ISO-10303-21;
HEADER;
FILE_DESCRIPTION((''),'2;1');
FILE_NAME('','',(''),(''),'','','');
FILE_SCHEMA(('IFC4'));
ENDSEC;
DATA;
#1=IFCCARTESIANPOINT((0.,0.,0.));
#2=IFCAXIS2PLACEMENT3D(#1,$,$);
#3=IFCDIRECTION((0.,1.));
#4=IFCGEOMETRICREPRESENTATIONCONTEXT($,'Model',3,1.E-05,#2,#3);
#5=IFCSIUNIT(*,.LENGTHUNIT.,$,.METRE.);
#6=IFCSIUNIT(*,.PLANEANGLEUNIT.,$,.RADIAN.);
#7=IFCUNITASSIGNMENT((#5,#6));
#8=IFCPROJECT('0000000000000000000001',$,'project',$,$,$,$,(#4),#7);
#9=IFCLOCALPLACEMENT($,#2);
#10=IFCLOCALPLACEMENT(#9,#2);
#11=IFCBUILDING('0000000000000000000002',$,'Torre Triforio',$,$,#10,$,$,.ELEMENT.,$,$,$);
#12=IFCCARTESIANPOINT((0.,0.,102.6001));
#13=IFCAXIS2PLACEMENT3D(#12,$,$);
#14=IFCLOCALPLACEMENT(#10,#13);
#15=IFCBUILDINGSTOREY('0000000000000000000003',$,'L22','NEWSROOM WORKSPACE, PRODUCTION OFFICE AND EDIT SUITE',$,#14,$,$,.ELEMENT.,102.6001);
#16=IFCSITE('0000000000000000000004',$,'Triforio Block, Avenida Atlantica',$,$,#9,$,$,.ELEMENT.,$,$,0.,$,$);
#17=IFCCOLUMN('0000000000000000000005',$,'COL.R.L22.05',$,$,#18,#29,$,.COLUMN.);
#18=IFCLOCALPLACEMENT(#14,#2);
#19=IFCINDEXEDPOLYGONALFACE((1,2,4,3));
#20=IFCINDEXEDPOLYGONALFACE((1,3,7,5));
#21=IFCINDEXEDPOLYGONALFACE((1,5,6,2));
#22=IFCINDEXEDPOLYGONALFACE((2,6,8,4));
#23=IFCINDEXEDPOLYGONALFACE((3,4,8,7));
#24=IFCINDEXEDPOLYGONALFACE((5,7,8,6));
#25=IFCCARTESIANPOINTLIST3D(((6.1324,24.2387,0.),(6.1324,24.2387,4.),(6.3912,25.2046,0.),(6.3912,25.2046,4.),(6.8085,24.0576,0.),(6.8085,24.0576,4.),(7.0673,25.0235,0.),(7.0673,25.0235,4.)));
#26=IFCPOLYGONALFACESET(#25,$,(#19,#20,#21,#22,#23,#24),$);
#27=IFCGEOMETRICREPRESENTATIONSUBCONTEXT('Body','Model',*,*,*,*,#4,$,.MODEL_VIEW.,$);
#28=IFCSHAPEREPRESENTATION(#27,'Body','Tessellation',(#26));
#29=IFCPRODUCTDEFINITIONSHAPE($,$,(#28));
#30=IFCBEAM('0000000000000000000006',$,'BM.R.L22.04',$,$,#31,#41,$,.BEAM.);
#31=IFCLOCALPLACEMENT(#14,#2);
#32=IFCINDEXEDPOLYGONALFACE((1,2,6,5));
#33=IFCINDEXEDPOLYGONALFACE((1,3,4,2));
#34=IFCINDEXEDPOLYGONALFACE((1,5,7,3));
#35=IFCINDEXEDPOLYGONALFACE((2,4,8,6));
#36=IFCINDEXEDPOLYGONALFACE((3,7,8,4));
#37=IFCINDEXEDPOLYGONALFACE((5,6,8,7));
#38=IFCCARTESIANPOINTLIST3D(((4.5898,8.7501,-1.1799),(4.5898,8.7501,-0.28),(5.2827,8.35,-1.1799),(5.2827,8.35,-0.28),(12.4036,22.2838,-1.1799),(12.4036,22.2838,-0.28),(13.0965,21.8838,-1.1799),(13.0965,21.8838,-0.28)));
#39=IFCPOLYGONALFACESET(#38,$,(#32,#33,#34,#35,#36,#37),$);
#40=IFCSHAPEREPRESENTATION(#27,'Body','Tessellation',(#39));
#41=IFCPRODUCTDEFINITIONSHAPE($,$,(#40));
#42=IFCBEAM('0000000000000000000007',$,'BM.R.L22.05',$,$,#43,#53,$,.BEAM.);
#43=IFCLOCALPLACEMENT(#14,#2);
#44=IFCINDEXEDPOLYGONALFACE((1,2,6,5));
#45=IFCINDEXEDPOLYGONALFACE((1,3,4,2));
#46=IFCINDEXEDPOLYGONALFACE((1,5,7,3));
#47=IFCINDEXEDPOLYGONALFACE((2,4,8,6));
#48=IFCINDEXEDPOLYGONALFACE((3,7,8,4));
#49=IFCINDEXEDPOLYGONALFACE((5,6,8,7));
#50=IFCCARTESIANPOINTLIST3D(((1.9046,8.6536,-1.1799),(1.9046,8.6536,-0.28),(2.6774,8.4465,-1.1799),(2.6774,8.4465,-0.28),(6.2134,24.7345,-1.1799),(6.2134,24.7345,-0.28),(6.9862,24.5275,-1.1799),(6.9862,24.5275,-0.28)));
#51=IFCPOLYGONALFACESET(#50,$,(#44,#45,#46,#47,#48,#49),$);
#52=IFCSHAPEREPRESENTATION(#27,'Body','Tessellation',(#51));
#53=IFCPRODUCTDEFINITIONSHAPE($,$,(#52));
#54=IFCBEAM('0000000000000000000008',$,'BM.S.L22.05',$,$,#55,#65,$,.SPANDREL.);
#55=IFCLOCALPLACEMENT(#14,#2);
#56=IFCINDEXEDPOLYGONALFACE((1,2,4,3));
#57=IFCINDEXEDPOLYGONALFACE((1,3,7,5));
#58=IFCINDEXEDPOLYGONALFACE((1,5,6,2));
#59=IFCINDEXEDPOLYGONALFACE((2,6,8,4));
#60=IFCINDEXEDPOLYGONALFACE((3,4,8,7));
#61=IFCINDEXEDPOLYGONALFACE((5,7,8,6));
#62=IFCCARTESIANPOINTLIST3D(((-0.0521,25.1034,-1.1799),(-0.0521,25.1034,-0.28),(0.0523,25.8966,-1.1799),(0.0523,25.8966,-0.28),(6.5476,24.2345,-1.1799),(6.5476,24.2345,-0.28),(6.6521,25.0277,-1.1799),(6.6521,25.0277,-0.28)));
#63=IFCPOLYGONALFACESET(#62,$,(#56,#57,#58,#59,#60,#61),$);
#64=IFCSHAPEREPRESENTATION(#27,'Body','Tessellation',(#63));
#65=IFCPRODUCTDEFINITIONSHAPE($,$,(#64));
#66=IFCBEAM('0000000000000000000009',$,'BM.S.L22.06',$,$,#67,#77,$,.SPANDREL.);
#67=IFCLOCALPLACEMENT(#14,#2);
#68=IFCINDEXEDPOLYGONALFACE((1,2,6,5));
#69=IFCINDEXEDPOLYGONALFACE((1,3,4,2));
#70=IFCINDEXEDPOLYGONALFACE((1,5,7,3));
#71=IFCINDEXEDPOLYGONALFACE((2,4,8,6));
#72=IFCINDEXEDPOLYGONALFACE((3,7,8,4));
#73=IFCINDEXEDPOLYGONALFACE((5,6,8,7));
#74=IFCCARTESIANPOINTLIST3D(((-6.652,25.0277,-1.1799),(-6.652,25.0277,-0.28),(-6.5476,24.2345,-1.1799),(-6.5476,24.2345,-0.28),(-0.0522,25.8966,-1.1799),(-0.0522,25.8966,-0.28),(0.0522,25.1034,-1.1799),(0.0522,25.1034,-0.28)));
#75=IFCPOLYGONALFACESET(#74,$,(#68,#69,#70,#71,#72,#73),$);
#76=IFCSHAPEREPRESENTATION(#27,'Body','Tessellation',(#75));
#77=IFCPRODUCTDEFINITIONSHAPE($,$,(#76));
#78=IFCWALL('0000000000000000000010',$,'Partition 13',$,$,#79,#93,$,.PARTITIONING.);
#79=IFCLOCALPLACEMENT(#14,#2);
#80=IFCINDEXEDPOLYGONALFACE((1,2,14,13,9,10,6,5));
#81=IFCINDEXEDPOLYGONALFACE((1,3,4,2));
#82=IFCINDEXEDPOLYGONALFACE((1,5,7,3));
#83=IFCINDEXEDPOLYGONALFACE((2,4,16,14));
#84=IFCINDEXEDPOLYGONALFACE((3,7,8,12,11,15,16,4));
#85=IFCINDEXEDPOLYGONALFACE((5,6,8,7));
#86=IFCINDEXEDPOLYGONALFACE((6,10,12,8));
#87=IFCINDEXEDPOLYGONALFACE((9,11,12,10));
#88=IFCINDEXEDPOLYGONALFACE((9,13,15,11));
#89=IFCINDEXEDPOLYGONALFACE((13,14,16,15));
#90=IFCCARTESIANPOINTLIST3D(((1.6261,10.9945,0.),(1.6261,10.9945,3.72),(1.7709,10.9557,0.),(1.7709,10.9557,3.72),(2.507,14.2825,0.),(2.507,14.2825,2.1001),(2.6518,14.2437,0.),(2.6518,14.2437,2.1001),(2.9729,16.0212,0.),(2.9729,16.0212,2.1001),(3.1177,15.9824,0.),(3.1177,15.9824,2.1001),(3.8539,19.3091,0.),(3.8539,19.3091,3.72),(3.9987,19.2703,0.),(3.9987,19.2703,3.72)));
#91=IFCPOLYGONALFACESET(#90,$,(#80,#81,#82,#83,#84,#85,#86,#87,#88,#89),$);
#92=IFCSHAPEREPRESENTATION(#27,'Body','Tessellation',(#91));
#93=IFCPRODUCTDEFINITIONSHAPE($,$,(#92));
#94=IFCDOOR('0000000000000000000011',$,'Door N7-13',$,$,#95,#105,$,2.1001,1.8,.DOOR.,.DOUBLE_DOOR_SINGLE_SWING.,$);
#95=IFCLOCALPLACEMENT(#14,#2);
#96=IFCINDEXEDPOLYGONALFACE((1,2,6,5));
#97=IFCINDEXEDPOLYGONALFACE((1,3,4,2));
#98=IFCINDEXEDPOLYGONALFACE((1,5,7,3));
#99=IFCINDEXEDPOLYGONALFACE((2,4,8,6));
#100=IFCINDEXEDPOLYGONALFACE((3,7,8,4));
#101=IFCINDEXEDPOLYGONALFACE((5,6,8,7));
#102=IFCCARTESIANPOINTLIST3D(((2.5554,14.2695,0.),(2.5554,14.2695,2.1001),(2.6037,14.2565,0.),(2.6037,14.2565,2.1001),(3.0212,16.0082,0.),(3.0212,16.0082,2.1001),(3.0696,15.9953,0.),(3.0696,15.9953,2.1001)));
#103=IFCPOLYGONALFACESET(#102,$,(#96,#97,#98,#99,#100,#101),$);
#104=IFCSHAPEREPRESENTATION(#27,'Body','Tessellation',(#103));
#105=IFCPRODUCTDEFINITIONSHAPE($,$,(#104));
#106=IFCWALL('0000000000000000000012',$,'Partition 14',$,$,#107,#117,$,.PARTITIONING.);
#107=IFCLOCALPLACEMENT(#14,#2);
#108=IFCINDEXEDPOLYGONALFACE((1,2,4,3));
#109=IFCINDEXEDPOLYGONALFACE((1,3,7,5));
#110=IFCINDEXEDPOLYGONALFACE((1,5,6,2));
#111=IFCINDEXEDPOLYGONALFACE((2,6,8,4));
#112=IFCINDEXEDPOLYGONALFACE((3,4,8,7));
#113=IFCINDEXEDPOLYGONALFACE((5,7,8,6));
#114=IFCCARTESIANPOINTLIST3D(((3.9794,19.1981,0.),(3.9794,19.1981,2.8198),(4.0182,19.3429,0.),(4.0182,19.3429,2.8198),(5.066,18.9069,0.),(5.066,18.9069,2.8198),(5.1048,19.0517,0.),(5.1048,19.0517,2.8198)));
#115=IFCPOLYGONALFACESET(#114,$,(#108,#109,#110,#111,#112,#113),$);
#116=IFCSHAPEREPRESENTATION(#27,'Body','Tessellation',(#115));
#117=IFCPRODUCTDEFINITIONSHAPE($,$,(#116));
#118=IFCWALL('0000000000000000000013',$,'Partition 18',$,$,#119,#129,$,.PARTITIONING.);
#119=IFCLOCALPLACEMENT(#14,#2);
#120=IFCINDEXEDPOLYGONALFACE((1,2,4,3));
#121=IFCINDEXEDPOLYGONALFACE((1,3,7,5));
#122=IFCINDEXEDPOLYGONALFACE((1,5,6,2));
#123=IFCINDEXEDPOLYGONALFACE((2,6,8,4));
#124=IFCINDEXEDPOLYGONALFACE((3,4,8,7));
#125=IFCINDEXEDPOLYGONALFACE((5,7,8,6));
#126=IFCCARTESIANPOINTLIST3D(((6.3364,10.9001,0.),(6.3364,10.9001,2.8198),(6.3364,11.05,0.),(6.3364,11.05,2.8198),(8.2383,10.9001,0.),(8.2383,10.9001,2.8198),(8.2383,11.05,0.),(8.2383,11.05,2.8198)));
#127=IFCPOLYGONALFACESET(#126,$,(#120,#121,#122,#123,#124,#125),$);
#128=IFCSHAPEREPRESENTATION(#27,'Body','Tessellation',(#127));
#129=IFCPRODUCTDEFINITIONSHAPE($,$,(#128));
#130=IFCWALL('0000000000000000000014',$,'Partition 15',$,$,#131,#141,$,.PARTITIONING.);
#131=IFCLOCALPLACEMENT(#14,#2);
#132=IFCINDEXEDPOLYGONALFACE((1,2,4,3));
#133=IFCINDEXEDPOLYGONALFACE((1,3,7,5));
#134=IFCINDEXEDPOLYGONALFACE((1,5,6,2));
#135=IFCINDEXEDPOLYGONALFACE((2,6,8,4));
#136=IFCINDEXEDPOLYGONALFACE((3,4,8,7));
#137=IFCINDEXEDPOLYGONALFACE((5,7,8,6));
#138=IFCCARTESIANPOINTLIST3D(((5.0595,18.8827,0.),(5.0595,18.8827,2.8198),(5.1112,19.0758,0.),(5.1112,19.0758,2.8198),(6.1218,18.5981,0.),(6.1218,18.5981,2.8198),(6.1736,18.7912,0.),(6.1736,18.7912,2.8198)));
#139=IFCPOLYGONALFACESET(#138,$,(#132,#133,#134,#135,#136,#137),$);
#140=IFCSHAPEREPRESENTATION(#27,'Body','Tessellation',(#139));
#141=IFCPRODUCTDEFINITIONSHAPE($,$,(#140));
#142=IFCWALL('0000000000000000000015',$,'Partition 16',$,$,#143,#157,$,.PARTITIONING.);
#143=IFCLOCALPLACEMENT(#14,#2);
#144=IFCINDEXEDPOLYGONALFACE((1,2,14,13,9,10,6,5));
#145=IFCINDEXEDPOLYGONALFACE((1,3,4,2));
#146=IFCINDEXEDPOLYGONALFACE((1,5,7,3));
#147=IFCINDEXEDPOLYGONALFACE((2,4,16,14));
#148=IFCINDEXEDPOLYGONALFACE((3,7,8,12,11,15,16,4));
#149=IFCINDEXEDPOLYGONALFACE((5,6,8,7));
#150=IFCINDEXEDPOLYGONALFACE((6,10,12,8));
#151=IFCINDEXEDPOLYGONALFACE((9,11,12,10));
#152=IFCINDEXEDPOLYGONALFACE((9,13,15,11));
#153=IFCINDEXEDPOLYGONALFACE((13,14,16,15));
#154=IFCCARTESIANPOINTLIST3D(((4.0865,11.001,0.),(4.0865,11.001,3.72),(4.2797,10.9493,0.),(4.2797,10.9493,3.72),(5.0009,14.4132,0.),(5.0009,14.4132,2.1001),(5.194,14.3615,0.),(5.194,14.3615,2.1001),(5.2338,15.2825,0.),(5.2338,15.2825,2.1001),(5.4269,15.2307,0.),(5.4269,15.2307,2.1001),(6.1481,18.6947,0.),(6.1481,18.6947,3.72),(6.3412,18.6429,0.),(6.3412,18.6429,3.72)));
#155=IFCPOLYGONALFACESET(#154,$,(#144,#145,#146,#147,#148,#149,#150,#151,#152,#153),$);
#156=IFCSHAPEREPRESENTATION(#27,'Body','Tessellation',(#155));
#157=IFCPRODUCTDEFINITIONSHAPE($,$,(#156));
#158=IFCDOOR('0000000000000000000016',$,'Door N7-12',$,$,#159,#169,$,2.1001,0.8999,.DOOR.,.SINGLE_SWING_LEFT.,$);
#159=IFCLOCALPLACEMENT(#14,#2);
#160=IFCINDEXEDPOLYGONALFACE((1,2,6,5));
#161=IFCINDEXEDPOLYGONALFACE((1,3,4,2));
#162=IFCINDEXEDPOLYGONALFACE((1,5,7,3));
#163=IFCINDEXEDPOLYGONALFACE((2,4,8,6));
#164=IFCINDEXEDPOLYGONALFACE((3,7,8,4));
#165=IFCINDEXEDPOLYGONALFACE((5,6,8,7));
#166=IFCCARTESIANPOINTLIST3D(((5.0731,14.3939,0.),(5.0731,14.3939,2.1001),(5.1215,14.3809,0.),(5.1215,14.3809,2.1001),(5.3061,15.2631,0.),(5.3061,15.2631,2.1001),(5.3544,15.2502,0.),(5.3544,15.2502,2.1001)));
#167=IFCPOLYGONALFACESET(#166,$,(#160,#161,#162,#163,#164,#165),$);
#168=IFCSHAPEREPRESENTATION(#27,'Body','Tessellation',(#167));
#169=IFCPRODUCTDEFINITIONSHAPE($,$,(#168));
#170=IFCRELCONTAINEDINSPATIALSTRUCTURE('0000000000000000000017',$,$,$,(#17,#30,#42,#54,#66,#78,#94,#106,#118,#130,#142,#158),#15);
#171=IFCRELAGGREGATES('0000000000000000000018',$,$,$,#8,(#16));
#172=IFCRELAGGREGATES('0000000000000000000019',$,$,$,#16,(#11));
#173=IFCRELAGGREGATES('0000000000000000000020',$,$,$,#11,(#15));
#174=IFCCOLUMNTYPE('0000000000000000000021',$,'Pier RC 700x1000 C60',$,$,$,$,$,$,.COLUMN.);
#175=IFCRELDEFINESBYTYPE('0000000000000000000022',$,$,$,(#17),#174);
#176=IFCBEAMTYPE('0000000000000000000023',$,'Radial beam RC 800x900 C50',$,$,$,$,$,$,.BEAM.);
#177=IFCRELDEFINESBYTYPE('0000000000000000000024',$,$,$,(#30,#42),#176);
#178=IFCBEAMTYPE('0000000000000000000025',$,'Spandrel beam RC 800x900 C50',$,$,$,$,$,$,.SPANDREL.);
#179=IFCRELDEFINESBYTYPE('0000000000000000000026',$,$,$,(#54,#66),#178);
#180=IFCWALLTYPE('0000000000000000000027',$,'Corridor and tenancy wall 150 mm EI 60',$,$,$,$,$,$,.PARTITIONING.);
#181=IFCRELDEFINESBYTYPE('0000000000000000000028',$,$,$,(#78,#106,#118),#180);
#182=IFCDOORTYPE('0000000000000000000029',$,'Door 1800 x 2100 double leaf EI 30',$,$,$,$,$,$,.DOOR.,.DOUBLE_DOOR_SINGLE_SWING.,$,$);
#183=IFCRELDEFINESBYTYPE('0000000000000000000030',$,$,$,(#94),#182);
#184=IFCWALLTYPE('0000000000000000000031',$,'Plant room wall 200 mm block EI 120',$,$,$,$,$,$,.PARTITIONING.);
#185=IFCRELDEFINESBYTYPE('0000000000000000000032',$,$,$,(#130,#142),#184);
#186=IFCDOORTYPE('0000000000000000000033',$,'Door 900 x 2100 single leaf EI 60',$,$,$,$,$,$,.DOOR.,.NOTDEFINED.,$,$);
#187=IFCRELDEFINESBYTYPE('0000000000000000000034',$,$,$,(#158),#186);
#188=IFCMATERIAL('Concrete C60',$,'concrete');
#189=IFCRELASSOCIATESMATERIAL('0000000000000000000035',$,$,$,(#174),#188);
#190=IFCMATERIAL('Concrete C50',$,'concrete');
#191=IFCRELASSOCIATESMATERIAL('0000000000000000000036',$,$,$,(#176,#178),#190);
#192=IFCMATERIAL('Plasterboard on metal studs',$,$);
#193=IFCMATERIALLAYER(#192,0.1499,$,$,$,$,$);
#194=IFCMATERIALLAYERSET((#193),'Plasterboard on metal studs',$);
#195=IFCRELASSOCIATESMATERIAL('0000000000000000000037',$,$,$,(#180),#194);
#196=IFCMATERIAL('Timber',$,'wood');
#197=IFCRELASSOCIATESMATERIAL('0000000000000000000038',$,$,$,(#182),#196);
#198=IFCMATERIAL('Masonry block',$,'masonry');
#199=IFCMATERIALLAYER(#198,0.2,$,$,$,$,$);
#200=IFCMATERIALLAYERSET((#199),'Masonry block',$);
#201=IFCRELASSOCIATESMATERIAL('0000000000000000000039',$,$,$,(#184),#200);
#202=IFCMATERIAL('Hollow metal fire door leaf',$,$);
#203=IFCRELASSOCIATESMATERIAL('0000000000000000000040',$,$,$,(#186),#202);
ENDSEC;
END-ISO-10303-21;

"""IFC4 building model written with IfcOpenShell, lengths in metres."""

from ifc_helpers import new_model, si_unit, direction, frame, frame_2d, origin, origin_2d, place, context, subcontext, project, spatial, rectangle, extrude, material, layer, layer_set, material_profile, profile_set, type_object, element, fill, save


model = new_model("IFC4")

# Units and contexts
model_context = context("Model", 3, precision=1e-05, world=origin(), true_north=direction((0.0, 1.0)))
body_context = subcontext(model_context, "Body", "Model", "MODEL_VIEW")
ifc_project = project(units=[si_unit("LENGTHUNIT", "METRE"), si_unit("PLANEANGLEUNIT", "RADIAN")], contexts=[model_context])

# Site, building, storey
site_placement = place(None, origin())
site = spatial("IfcSite", under=ifc_project, at=site_placement, Name="Triforio Block, Avenida Atlantica", CompositionType="ELEMENT", RefElevation=0.0)
building_placement = place(site_placement, origin())
building = spatial("IfcBuilding", under=site, at=building_placement, Name="Torre Triforio", CompositionType="ELEMENT")
storey_placement = place(building_placement, frame((0.0, 0.0, 102.6001)))
storey = spatial("IfcBuildingStorey", under=building, at=storey_placement, Name="L22", Description="NEWSROOM WORKSPACE, PRODUCTION OFFICE AND EDIT SUITE", CompositionType="ELEMENT", Elevation=102.6001)

# Column
ifc_material_1 = material(Name="Concrete C60", Category="concrete")
ifc_material_profile_1 = material_profile(ifc_material_1, rectangle(XDim=0.7, YDim=1.0, at=origin_2d()), Name="RC 700x1000")
ifc_profile_set_1 = profile_set([ifc_material_profile_1], Name="Concrete C60")
column_type = type_object("IfcColumnType", Name="Pier RC 700x1000 C60", PredefinedType="COLUMN", material=ifc_profile_set_1)
column_placement = place(storey_placement, frame((6.5999, 24.6311, 0.0), z_axis=(0.0, 0.0, 1.0), x_axis=(-0.965926, 0.258819, 0.0)))
element("IfcColumn", 1, at=column_placement, inside=storey, type_object=column_type, Name="COL.R.L22.05", PredefinedType="COLUMN", context=body_context, shape_type="SweptSolid", body=[
    extrude(rectangle(XDim=0.7, YDim=1.0, at=origin_2d()), origin(), (0.0, 0.0, 1.0), 4.0),
])

# Beams
ifc_material_2 = material(Name="Concrete C50", Category="concrete")
ifc_material_profile_2 = material_profile(ifc_material_2, rectangle(XDim=0.8, YDim=0.8999, at=origin_2d()), Name="RC 800x900")
ifc_profile_set_2 = profile_set([ifc_material_profile_2], Name="Concrete C50")
beam_type_1 = type_object("IfcBeamType", Name="Radial beam RC 800x900 C50", PredefinedType="BEAM", material=ifc_profile_set_2)
beam_1_placement = place(storey_placement, frame((4.9363, 8.55, -0.73), z_axis=(0.500002, 0.866024, 0.0), x_axis=(-0.866024, 0.500002, 0.0)))
element("IfcBeam", 2, at=beam_1_placement, inside=storey, type_object=beam_type_1, Name="BM.R.L22.04", PredefinedType="BEAM", context=body_context, shape_type="SweptSolid", body=[
    extrude(rectangle(XDim=0.8, YDim=0.8999, at=origin_2d()), origin(), (0.0, 0.0, 1.0), 15.6274),
])
beam_2_placement = place(storey_placement, frame((2.291, 8.55, -0.73), z_axis=(0.258815, 0.965927, 0.0), x_axis=(-0.965927, 0.258815, 0.0)))
element("IfcBeam", 3, at=beam_2_placement, inside=storey, type_object=beam_type_1, Name="BM.R.L22.05", PredefinedType="BEAM", context=body_context, shape_type="SweptSolid", body=[
    extrude(rectangle(XDim=0.8, YDim=0.8999, at=origin_2d()), origin(), (0.0, 0.0, 1.0), 16.6482),
])
ifc_material_profile_3 = material_profile(ifc_material_2, rectangle(XDim=0.8, YDim=0.8999, at=origin_2d()), Name="RC 800x900")
ifc_profile_set_3 = profile_set([ifc_material_profile_3], Name="Concrete C50")
beam_type_2 = type_object("IfcBeamType", Name="Spandrel beam RC 800x900 C50", PredefinedType="SPANDREL", material=ifc_profile_set_3)
for number, where, z_axis, x_axis, name in (
    (4, (6.5999, 24.6311, -0.73), (-0.991445, 0.130528, 0.0), (-0.130528, -0.991445, 0.0), "BM.S.L22.05"),
    (5, (0.0, 25.5, -0.73), (-0.991445, -0.130528, 0.0), (0.130528, -0.991445, 0.0), "BM.S.L22.06"),
):
    element("IfcBeam", number, at=place(storey_placement, frame(where, z_axis=z_axis, x_axis=x_axis)), inside=storey, type_object=beam_type_2, Name=name, PredefinedType="SPANDREL", context=body_context, shape_type="SweptSolid", body=[
        extrude(rectangle(XDim=0.8, YDim=0.8999, at=origin_2d()), origin(), (0.0, 0.0, 1.0), 6.6567),
    ])

# Wall, opening, door
ifc_material_3 = material(Name="Plasterboard on metal studs")
ifc_layer_1 = layer(ifc_material_3, 0.1499)
ifc_layer_set_1 = layer_set([ifc_layer_1], Name="Plasterboard on metal studs")
wall_type_1 = type_object("IfcWallType", Name="Corridor and tenancy wall 150 mm EI 60", PredefinedType="PARTITIONING", material=ifc_layer_set_1)
wall_1_placement = place(storey_placement, frame((1.6985, 10.9751, 0.0), z_axis=(0.0, 0.0, 1.0), x_axis=(0.258805, 0.96593, 0.0)))
wall_1 = element("IfcWall", 6, at=wall_1_placement, inside=storey, type_object=wall_type_1, Name="Partition 13", PredefinedType="PARTITIONING", context=body_context, shape_type="SweptSolid", body=[
    extrude(rectangle(XDim=8.6079, YDim=0.1499, at=frame_2d((4.304, 0.0))), origin(), (0.0, 0.0, 1.0), 3.72),
])
opening_1_placement = place(wall_1_placement, frame((3.4041, 0.0, 0.0)))
opening_1 = element("IfcOpeningElement", 7, at=opening_1_placement, cuts=wall_1, PredefinedType="OPENING", context=body_context, shape_type="SweptSolid", body=[
    extrude(rectangle(XDim=1.8, YDim=2.1001, at=frame_2d((0.8999, 1.05))), frame((0.0, 0.085, 0.0), z_axis=(0.0, -1.0, 0.0), x_axis=(1.0, 0.0, 0.0)), (0.0, 0.0, 1.0), 0.1699),
])
ifc_material_4 = material(Name="Timber", Category="wood")
door_type_1 = type_object("IfcDoorType", Name="Door 1800 x 2100 double leaf EI 30", OperationType="DOUBLE_DOOR_SINGLE_SWING", PredefinedType="DOOR", material=ifc_material_4)
door_1_placement = place(opening_1_placement, origin())
door_1 = element("IfcDoor", 8, at=door_1_placement, inside=storey, type_object=door_type_1, Name="Door N7-13", OperationType="DOUBLE_DOOR_SINGLE_SWING", OverallHeight=2.1001, OverallWidth=1.8, PredefinedType="DOOR", context=body_context, shape_type="SweptSolid", body=[
    extrude(rectangle(XDim=1.8, YDim=2.1001, at=frame_2d((0.8999, 1.05))), frame((0.0, 0.0249, 0.0), z_axis=(0.0, -1.0, 0.0), x_axis=(1.0, 0.0, 0.0)), (0.0, 0.0, 1.0), 0.05),
])
fill(opening_1, door_1)

# Walls
wall_2_placement = place(storey_placement, frame((3.9988, 19.2705, 0.0), z_axis=(0.0, 0.0, 1.0), x_axis=(0.965906, -0.258892, 0.0)))
element("IfcWall", 9, at=wall_2_placement, inside=storey, type_object=wall_type_1, Name="Partition 14", PredefinedType="PARTITIONING", context=body_context, shape_type="SweptSolid", body=[
    extrude(rectangle(XDim=1.125, YDim=0.1499, at=frame_2d((0.5625, 0.0))), origin(), (0.0, 0.0, 1.0), 2.8198),
])
wall_3_placement = place(storey_placement, frame((6.3364, 10.9751, 0.0), z_axis=(0.0, 0.0, 1.0), x_axis=(1.0, 0.0, 0.0)))
element("IfcWall", 10, at=wall_3_placement, inside=storey, type_object=wall_type_1, Name="Partition 18", PredefinedType="PARTITIONING", context=body_context, shape_type="SweptSolid", body=[
    extrude(rectangle(XDim=1.9019, YDim=0.1499, at=frame_2d((0.9509, 0.0))), origin(), (0.0, 0.0, 1.0), 2.8198),
])
ifc_material_5 = material(Name="Masonry block", Category="masonry")
ifc_layer_2 = layer(ifc_material_5, 0.2)
ifc_layer_set_2 = layer_set([ifc_layer_2], Name="Masonry block")
wall_type_2 = type_object("IfcWallType", Name="Plant room wall 200 mm block EI 120", PredefinedType="PARTITIONING", material=ifc_layer_set_2)
wall_4_placement = place(storey_placement, frame((5.0854, 18.9792, 0.0), z_axis=(0.0, 0.0, 1.0), x_axis=(0.965932, -0.258795, 0.0)))
element("IfcWall", 11, at=wall_4_placement, inside=storey, type_object=wall_type_2, Name="Partition 15", PredefinedType="PARTITIONING", context=body_context, shape_type="SweptSolid", body=[
    extrude(rectangle(XDim=1.0999, YDim=0.2, at=frame_2d((0.5498, 0.0))), origin(), (0.0, 0.0, 1.0), 2.8198),
])

# Wall, opening, door
wall_5_placement = place(storey_placement, frame((6.2446, 18.6687, 0.0), z_axis=(0.0, 0.0, 1.0), x_axis=(-0.258822, -0.965925, 0.0)))
wall_5 = element("IfcWall", 12, at=wall_5_placement, inside=storey, type_object=wall_type_2, Name="Partition 16", PredefinedType="PARTITIONING", context=body_context, shape_type="SweptSolid", body=[
    extrude(rectangle(XDim=7.9651, YDim=0.2, at=frame_2d((3.9824, 0.0))), origin(), (0.0, 0.0, 1.0), 3.72),
])
opening_2_placement = place(wall_5_placement, frame((3.5325, 0.0, 0.0)))
opening_2 = element("IfcOpeningElement", 13, at=opening_2_placement, cuts=wall_5, PredefinedType="OPENING", context=body_context, shape_type="SweptSolid", body=[
    extrude(rectangle(XDim=0.8999, YDim=2.1001, at=frame_2d((0.45, 1.05))), frame((0.0, 0.1099, 0.0), z_axis=(0.0, -1.0, 0.0), x_axis=(1.0, 0.0, 0.0)), (0.0, 0.0, 1.0), 0.22),
])
ifc_material_6 = material(Name="Hollow metal fire door leaf")
door_type_2 = type_object("IfcDoorType", Name="Door 900 x 2100 single leaf EI 60", OperationType="NOTDEFINED", PredefinedType="DOOR", material=ifc_material_6)
door_2_placement = place(opening_2_placement, origin())
door_2 = element("IfcDoor", 14, at=door_2_placement, inside=storey, type_object=door_type_2, Name="Door N7-12", OperationType="SINGLE_SWING_LEFT", OverallHeight=2.1001, OverallWidth=0.8999, PredefinedType="DOOR", context=body_context, shape_type="SweptSolid", body=[
    extrude(rectangle(XDim=0.8999, YDim=2.1001, at=frame_2d((0.45, 1.05))), frame((0.0, 0.0249, 0.0), z_axis=(0.0, -1.0, 0.0), x_axis=(1.0, 0.0, 0.0)), (0.0, 0.0, 1.0), 0.05),
])
fill(opening_2, door_2)

save(model, "model.ifc")
